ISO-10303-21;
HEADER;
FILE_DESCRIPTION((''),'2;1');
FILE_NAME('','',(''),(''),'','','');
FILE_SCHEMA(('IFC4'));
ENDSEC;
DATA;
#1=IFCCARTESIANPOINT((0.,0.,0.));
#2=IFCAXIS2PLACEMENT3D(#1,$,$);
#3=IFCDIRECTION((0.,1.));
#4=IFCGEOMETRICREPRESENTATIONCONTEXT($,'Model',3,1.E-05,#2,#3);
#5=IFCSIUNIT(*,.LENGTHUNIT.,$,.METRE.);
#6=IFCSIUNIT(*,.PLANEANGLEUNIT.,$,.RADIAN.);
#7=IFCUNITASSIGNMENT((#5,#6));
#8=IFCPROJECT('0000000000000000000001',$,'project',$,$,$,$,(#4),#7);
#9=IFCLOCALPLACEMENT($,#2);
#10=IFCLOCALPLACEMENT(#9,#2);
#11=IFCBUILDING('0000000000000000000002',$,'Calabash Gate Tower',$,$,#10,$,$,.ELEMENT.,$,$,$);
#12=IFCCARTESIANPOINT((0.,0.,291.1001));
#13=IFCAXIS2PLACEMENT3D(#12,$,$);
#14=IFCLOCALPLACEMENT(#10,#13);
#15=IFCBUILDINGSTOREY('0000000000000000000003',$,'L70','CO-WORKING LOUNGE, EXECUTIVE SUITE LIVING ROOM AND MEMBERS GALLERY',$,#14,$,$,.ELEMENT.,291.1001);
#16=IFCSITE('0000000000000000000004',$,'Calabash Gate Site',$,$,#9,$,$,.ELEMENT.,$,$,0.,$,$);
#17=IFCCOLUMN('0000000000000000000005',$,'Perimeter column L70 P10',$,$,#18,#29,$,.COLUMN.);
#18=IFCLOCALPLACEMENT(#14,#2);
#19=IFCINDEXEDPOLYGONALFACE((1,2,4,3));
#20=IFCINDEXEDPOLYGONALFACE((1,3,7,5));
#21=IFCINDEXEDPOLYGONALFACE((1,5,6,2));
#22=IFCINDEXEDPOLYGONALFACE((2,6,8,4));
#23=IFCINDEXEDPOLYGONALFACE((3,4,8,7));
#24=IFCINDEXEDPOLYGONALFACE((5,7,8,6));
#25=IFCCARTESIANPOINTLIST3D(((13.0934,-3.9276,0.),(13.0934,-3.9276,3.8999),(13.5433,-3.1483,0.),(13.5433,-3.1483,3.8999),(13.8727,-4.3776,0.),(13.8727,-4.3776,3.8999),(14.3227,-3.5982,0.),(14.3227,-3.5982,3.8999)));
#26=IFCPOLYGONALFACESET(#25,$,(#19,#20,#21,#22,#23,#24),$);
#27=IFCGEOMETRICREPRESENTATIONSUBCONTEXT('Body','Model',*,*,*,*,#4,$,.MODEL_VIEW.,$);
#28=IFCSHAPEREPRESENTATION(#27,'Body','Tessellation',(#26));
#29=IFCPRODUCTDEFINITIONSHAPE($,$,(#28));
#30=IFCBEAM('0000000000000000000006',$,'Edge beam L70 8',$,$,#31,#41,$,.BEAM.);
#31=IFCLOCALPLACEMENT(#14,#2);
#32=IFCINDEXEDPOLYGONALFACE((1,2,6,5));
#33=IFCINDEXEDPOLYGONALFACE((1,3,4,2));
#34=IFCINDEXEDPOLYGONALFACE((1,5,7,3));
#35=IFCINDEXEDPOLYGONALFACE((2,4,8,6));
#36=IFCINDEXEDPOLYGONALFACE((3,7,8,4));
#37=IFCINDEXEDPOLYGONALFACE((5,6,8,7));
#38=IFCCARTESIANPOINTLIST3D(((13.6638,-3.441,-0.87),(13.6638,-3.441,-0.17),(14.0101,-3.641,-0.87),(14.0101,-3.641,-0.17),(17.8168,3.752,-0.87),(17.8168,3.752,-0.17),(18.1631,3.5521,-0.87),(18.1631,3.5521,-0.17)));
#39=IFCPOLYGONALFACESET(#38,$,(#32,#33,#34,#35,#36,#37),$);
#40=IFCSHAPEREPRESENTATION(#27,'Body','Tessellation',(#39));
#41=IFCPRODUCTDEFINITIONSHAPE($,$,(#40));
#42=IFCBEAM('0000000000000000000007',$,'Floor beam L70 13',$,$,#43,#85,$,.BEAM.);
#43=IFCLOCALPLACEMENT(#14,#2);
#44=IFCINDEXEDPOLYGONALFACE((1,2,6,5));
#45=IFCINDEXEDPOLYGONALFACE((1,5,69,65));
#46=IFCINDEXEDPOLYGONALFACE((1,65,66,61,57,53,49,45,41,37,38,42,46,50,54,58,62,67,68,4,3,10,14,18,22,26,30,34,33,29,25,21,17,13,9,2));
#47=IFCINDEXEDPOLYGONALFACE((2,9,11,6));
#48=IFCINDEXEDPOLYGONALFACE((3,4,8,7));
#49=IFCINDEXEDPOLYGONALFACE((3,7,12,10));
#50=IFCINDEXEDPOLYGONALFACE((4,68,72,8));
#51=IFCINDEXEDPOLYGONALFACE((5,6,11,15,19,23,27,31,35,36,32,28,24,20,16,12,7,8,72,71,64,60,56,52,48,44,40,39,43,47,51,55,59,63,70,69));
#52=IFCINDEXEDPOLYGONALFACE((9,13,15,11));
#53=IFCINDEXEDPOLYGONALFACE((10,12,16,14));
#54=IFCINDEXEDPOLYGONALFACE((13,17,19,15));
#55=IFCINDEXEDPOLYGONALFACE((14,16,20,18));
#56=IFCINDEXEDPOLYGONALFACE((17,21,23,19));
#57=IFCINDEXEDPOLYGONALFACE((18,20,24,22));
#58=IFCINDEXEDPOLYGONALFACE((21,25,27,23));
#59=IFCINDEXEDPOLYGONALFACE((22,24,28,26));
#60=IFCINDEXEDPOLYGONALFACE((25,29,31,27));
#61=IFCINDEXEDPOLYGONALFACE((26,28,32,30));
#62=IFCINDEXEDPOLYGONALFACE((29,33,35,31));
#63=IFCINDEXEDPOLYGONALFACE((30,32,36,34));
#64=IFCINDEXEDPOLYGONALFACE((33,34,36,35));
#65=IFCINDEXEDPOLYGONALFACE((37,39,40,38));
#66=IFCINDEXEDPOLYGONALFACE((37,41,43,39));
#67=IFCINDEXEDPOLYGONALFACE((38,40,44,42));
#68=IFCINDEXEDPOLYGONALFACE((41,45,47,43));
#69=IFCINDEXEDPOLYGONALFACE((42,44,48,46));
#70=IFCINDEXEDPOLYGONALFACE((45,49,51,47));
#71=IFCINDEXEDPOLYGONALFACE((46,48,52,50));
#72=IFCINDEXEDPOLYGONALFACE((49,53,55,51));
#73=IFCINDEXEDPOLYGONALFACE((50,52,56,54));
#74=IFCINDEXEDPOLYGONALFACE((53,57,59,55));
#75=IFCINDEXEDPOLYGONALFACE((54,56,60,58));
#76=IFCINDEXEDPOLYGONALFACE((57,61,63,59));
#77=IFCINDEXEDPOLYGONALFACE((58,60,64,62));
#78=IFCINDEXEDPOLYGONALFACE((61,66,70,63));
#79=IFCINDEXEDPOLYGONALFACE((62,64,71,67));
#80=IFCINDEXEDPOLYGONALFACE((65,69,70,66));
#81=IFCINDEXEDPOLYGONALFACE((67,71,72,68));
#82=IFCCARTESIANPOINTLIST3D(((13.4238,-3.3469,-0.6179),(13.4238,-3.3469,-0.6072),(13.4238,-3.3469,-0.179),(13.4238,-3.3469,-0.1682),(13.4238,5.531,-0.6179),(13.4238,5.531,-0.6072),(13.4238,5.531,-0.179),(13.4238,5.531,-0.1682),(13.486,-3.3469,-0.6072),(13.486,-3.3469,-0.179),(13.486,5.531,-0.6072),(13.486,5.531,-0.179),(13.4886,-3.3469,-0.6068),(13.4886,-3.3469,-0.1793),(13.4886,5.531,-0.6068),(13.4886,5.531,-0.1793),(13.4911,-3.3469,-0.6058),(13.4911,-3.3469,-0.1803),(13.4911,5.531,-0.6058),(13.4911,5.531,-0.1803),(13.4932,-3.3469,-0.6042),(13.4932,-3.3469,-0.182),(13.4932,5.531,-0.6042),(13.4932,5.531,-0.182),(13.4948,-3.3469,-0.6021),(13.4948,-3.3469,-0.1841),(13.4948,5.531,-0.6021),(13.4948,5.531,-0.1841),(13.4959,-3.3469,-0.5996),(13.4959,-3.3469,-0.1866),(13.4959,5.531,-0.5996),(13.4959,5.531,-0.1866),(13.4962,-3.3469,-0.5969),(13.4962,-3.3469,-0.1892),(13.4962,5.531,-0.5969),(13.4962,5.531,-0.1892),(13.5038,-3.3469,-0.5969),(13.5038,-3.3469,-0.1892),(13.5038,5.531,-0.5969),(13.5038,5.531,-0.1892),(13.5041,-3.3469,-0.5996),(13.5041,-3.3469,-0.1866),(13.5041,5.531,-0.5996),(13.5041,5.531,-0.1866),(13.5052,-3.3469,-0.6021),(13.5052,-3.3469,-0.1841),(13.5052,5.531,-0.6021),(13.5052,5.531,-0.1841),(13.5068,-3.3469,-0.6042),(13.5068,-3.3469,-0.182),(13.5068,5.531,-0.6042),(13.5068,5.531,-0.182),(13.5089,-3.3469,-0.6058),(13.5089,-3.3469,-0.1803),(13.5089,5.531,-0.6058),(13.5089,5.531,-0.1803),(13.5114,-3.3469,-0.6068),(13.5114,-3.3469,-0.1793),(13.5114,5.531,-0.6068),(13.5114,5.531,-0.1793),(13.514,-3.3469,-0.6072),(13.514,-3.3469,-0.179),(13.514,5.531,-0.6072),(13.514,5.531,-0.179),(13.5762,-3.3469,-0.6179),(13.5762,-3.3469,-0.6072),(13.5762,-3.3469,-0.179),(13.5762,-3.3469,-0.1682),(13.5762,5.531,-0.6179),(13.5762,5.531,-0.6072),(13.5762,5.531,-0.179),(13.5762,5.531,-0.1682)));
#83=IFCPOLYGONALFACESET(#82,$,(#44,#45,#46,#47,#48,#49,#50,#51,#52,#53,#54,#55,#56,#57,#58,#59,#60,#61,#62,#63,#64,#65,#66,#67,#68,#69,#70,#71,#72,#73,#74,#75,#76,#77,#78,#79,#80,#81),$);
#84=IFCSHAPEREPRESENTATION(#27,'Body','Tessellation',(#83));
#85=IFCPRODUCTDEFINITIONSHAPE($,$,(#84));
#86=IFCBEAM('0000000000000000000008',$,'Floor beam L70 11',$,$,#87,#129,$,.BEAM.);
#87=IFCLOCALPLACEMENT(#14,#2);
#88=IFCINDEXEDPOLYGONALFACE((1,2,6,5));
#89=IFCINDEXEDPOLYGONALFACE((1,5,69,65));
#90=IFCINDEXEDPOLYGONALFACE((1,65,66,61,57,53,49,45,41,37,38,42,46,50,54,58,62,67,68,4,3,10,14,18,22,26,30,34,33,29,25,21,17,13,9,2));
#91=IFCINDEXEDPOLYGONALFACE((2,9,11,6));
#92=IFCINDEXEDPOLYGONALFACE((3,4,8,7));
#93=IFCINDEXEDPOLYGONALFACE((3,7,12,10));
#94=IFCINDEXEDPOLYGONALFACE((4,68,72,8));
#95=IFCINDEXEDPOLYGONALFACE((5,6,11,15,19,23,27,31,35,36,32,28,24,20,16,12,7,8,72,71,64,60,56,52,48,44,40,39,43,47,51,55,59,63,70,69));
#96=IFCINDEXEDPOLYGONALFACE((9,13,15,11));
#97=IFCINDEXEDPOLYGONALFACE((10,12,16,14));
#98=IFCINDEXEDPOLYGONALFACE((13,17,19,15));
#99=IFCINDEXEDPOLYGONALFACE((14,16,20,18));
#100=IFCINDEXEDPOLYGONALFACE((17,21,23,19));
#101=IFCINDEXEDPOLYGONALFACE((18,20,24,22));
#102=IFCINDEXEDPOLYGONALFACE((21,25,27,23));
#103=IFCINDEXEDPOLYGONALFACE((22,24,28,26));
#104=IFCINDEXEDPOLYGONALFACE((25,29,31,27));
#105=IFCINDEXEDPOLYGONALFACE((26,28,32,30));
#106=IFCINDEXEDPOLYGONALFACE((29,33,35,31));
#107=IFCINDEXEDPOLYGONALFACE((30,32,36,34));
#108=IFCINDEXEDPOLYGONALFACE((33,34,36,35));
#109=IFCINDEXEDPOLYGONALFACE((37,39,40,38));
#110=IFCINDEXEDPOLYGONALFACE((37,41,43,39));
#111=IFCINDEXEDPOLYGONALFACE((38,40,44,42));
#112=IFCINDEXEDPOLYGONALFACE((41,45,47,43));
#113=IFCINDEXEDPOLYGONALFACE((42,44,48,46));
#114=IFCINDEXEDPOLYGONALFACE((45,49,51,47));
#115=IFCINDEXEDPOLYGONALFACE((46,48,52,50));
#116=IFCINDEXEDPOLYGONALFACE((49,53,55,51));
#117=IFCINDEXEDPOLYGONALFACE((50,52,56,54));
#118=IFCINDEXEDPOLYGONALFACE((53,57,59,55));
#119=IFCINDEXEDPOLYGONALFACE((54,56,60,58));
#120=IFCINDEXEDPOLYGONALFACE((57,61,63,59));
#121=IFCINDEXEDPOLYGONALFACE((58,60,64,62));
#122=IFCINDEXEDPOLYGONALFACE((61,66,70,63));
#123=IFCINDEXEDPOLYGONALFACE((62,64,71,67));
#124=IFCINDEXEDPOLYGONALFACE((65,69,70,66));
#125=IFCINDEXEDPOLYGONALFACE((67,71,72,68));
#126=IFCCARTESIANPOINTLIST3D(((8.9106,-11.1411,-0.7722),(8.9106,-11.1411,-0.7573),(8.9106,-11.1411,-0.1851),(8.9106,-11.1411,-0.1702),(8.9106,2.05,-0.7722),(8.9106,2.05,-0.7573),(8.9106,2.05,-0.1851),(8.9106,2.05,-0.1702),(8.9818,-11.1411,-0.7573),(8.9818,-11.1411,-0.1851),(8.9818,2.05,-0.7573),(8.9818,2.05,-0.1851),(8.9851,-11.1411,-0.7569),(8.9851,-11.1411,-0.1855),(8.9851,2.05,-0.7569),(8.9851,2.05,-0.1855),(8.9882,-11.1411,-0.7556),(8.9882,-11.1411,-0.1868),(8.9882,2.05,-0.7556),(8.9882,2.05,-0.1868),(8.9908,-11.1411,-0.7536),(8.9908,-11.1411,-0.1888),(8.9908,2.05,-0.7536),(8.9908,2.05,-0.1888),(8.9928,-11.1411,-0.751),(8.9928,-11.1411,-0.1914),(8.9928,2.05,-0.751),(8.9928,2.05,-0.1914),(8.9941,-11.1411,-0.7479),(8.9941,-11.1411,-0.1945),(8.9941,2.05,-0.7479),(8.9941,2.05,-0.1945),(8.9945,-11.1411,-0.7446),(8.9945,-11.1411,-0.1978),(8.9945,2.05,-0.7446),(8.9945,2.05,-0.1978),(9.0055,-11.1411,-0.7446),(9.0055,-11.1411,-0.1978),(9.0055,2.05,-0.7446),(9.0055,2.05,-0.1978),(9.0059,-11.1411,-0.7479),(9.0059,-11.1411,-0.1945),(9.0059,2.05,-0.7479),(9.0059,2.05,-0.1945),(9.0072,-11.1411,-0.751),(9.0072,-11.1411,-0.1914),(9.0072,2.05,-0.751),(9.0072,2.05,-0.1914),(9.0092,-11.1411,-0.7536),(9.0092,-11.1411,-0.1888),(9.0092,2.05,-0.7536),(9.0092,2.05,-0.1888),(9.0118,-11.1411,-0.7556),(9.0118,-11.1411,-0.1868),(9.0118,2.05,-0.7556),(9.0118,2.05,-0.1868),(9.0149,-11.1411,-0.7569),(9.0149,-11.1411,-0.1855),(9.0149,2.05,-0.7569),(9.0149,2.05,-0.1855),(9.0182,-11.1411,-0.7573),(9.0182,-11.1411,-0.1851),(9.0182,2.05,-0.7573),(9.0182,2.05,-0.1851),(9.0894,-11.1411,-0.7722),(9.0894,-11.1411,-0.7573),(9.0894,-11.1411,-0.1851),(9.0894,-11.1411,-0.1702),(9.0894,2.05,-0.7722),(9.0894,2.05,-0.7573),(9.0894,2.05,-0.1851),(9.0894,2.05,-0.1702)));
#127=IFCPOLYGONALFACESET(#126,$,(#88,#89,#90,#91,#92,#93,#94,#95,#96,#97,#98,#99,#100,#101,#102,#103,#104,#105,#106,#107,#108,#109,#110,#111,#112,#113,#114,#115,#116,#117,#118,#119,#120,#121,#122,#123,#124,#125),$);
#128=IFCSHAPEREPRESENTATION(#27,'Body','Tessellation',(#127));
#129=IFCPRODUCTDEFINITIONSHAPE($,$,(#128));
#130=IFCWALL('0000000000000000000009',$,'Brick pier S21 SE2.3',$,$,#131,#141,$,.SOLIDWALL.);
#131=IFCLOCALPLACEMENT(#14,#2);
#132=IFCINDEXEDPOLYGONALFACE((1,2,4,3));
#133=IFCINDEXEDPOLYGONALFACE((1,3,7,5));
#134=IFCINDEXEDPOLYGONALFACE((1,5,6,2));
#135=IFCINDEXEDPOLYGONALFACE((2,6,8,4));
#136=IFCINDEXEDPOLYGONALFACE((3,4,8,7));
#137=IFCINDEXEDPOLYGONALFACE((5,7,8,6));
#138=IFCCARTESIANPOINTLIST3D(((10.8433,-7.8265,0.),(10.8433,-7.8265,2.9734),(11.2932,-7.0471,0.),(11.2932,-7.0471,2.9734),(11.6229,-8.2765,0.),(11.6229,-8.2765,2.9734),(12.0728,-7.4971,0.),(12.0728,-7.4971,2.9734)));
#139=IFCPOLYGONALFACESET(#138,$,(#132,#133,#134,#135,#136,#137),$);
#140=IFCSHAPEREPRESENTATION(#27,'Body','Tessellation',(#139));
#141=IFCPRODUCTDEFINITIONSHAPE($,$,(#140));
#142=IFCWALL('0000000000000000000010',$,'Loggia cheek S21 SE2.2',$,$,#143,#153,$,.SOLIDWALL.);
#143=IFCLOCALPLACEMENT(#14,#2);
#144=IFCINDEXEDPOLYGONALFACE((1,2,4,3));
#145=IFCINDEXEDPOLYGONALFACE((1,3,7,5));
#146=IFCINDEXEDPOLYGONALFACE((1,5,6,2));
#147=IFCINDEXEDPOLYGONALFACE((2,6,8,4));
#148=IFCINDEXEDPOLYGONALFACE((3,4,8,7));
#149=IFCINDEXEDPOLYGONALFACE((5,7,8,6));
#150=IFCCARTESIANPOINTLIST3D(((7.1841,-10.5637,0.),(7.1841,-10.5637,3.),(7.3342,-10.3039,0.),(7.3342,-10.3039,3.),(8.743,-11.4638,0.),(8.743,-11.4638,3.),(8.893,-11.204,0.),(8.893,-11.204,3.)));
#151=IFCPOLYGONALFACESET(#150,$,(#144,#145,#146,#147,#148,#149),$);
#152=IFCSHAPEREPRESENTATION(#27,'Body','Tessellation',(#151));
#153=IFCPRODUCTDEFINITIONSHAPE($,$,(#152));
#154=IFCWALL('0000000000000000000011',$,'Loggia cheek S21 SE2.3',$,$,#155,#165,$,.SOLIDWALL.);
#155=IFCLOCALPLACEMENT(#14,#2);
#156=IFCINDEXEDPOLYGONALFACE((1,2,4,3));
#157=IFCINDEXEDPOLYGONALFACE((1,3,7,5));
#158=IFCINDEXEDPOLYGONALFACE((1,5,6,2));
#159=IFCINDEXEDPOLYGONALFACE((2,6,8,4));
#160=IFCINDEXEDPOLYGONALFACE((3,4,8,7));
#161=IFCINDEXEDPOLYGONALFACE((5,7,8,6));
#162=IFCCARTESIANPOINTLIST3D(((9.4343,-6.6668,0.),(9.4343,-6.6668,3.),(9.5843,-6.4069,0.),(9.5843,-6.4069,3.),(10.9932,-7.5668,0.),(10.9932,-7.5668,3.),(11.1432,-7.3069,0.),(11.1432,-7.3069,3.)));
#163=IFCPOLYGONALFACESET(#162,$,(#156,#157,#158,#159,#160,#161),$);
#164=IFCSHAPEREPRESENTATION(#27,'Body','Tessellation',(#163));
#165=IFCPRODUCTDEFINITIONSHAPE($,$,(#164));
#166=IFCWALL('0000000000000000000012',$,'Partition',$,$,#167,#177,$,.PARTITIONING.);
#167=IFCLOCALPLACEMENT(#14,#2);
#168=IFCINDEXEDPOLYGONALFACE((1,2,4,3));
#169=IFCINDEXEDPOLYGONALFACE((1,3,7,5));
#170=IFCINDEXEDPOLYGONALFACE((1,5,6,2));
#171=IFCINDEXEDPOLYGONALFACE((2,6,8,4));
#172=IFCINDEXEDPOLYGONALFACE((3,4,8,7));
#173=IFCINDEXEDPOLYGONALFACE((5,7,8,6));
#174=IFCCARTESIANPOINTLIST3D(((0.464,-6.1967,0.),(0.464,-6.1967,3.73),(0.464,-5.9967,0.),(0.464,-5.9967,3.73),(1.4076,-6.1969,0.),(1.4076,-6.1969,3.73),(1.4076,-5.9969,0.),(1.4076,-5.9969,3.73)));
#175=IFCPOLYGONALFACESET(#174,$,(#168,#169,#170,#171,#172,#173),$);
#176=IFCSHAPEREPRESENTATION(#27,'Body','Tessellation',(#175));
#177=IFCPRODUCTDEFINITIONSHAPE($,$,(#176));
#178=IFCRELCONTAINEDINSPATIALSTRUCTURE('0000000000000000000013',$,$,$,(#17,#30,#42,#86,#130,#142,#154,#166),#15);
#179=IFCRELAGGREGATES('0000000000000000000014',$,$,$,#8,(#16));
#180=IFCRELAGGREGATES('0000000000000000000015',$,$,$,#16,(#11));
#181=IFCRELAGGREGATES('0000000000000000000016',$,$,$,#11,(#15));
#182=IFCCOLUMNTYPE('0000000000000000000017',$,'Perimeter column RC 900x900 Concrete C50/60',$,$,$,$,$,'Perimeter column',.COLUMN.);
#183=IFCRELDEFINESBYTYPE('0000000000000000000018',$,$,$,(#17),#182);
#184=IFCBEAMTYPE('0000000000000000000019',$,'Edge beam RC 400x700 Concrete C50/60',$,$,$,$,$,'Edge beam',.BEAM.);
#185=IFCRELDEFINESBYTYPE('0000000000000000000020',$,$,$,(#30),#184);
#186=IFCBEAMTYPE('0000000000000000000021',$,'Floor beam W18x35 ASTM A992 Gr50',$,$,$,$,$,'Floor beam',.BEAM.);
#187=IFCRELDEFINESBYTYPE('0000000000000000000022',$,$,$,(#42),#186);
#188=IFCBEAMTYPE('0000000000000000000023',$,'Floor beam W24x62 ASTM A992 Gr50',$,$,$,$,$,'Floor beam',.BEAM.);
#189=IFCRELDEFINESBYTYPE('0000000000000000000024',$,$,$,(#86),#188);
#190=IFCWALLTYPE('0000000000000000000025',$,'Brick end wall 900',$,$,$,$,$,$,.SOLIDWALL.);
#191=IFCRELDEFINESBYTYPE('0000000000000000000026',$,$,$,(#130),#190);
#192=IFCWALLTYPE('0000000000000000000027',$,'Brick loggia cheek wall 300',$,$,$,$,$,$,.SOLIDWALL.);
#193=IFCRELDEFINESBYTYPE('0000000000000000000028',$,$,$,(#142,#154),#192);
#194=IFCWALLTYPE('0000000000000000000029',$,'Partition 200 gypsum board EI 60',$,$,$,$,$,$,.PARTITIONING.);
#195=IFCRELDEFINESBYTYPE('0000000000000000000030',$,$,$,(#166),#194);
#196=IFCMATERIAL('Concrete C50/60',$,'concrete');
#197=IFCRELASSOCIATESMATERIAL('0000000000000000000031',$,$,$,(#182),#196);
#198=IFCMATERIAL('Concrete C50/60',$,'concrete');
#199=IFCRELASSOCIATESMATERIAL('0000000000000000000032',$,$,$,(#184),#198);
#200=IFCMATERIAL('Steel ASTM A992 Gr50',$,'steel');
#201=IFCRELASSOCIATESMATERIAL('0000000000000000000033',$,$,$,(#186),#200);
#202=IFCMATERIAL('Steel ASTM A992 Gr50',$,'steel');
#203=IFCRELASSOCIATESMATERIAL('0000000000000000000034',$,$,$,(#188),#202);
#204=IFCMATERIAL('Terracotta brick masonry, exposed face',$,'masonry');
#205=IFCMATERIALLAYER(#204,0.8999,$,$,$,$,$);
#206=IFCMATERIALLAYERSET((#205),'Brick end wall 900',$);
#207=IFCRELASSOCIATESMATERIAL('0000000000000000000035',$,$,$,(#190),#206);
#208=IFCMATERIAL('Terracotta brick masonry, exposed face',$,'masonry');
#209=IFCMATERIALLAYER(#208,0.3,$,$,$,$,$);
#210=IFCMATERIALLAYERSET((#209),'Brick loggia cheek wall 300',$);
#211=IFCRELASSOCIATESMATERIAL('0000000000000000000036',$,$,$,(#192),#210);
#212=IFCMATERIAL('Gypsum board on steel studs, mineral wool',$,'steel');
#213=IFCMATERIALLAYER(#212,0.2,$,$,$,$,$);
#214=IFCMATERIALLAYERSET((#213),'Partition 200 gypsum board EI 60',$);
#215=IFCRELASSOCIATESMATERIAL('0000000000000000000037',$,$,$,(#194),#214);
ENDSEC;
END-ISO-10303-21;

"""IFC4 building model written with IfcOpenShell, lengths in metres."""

from ifc_helpers import new_model, si_unit, direction, frame, frame_2d, origin, origin_2d, place, context, subcontext, project, spatial, rectangle, i_section, extrude, material, layer, layer_set, material_profile, profile_set, type_object, element, save


model = new_model("IFC4")

# Units and contexts
model_context = context("Model", 3, precision=1e-05, world=origin(), true_north=direction((0.0, 1.0)))
body_context = subcontext(model_context, "Body", "Model", "MODEL_VIEW")
ifc_project = project(units=[si_unit("LENGTHUNIT", "METRE"), si_unit("PLANEANGLEUNIT", "RADIAN")], contexts=[model_context])

# Site, building, storey
site_placement = place(None, origin())
site = spatial("IfcSite", under=ifc_project, at=site_placement, Name="Calabash Gate Site", CompositionType="ELEMENT", RefElevation=0.0)
building_placement = place(site_placement, origin())
building = spatial("IfcBuilding", under=site, at=building_placement, Name="Calabash Gate Tower", CompositionType="ELEMENT")
storey_placement = place(building_placement, frame((0.0, 0.0, 291.1001)))
storey = spatial("IfcBuildingStorey", under=building, at=storey_placement, Name="L70", Description="CO-WORKING LOUNGE, EXECUTIVE SUITE LIVING ROOM AND MEMBERS GALLERY", CompositionType="ELEMENT", Elevation=291.1001)

# Column
ifc_material_1 = material(Name="Concrete C50/60", Category="concrete")
ifc_material_profile_1 = material_profile(ifc_material_1, rectangle(XDim=0.8999, YDim=0.8999, at=origin_2d()))
ifc_profile_set_1 = profile_set([ifc_material_profile_1], Name="Concrete C50/60")
column_type = type_object("IfcColumnType", Name="Perimeter column RC 900x900 Concrete C50/60", ElementType="Perimeter column", PredefinedType="COLUMN", material=ifc_profile_set_1)
column_placement = place(storey_placement, frame((13.708, -3.7629, 0.0), z_axis=(0.0, 0.0, 1.0), x_axis=(0.5, 0.866025, 0.0)))
element("IfcColumn", 1, at=column_placement, inside=storey, type_object=column_type, Name="Perimeter column L70 P10", PredefinedType="COLUMN", context=body_context, shape_type="SweptSolid", body=[
    extrude(rectangle(XDim=0.8999, YDim=0.8999, at=origin_2d()), origin(), (0.0, 0.0, 1.0), 3.8999),
])

# Beams
ifc_material_2 = material(Name="Concrete C50/60", Category="concrete")
ifc_material_profile_2 = material_profile(ifc_material_2, rectangle(XDim=0.3999, YDim=0.7, at=origin_2d()))
ifc_profile_set_2 = profile_set([ifc_material_profile_2], Name="Concrete C50/60")
beam_type_1 = type_object("IfcBeamType", Name="Edge beam RC 400x700 Concrete C50/60", ElementType="Edge beam", PredefinedType="BEAM", material=ifc_profile_set_2)
beam_1_placement = place(storey_placement, frame((13.8369, -3.541, -0.52), z_axis=(0.500012, 0.866019, 0.0), x_axis=(-0.866019, 0.500012, 0.0)))
element("IfcBeam", 2, at=beam_1_placement, inside=storey, type_object=beam_type_1, Name="Edge beam L70 8", PredefinedType="BEAM", context=body_context, shape_type="SweptSolid", body=[
    extrude(rectangle(XDim=0.3999, YDim=0.7, at=origin_2d()), origin(), (0.0, 0.0, 1.0), 8.3059),
])
ifc_material_3 = material(Name="Steel ASTM A992 Gr50", Category="steel")
ifc_material_profile_3 = material_profile(ifc_material_3, i_section(OverallWidth=0.1523, OverallDepth=0.4497, WebThickness=0.0076, FlangeThickness=0.0107, FilletRadius=0.0103, at=origin_2d()))
ifc_profile_set_3 = profile_set([ifc_material_profile_3], Name="Steel ASTM A992 Gr50")
beam_type_2 = type_object("IfcBeamType", Name="Floor beam W18x35 ASTM A992 Gr50", ElementType="Floor beam", PredefinedType="BEAM", material=ifc_profile_set_3)
beam_2_placement = place(storey_placement, frame((13.5, -3.3469, -0.3931), z_axis=(0.0, 1.0, 0.0), x_axis=(-1.0, 0.0, 0.0)))
element("IfcBeam", 3, at=beam_2_placement, inside=storey, type_object=beam_type_2, Name="Floor beam L70 13", PredefinedType="BEAM", context=body_context, shape_type="SweptSolid", body=[
    extrude(i_section(OverallWidth=0.1523, OverallDepth=0.4497, WebThickness=0.0076, FlangeThickness=0.0107, FilletRadius=0.0103, at=origin_2d()), origin(), (0.0, 0.0, 1.0), 8.8779),
])
ifc_material_4 = material(Name="Steel ASTM A992 Gr50", Category="steel")
ifc_material_profile_4 = material_profile(ifc_material_4, i_section(OverallWidth=0.1787, OverallDepth=0.6021, WebThickness=0.011, FlangeThickness=0.0149, FilletRadius=0.0127, at=origin_2d()))
ifc_profile_set_4 = profile_set([ifc_material_profile_4], Name="Steel ASTM A992 Gr50")
beam_type_3 = type_object("IfcBeamType", Name="Floor beam W24x62 ASTM A992 Gr50", ElementType="Floor beam", PredefinedType="BEAM", material=ifc_profile_set_4)
beam_3_placement = place(storey_placement, frame((9.0, -11.1411, -0.4712), z_axis=(0.0, 1.0, 0.0), x_axis=(-1.0, 0.0, 0.0)))
element("IfcBeam", 4, at=beam_3_placement, inside=storey, type_object=beam_type_3, Name="Floor beam L70 11", PredefinedType="BEAM", context=body_context, shape_type="SweptSolid", body=[
    extrude(i_section(OverallWidth=0.1787, OverallDepth=0.6021, WebThickness=0.011, FlangeThickness=0.0149, FilletRadius=0.0127, at=origin_2d()), origin(), (0.0, 0.0, 1.0), 13.1912),
])

# Walls
ifc_material_5 = material(Name="Terracotta brick masonry, exposed face", Category="masonry")
ifc_layer_1 = layer(ifc_material_5, 0.8999)
ifc_layer_set_1 = layer_set([ifc_layer_1], Name="Brick end wall 900")
wall_type_1 = type_object("IfcWallType", Name="Brick end wall 900", PredefinedType="SOLIDWALL", material=ifc_layer_set_1)
wall_1_placement = place(storey_placement, frame((11.0681, -7.4368, 0.0), z_axis=(0.0, 0.0, 1.0), x_axis=(0.866082, -0.499902, 0.0)))
element("IfcWall", 5, at=wall_1_placement, inside=storey, type_object=wall_type_1, Name="Brick pier S21 SE2.3", PredefinedType="SOLIDWALL", context=body_context, shape_type="SweptSolid", body=[
    extrude(rectangle(XDim=0.9001, YDim=0.8999, at=frame_2d((0.4502, 0.0))), origin(), (0.0, 0.0, 1.0), 2.9734),
])
ifc_material_6 = material(Name="Terracotta brick masonry, exposed face", Category="masonry")
ifc_layer_2 = layer(ifc_material_6, 0.3)
ifc_layer_set_2 = layer_set([ifc_layer_2], Name="Brick loggia cheek wall 300")
wall_type_2 = type_object("IfcWallType", Name="Brick loggia cheek wall 300", PredefinedType="SOLIDWALL", material=ifc_layer_set_2)
for number, where, z_axis, x_axis, name in (
    (6, (7.2593, -10.4338, 0.0), (0.0, 0.0, 1.0), (0.865989, -0.500063, 0.0), "Loggia cheek S21 SE2.2"),
    (7, (11.0681, -7.4368, 0.0), (0.0, 0.0, 1.0), (-0.866048, 0.499961, 0.0), "Loggia cheek S21 SE2.3"),
):
    element("IfcWall", number, at=place(storey_placement, frame(where, z_axis=z_axis, x_axis=x_axis)), inside=storey, type_object=wall_type_2, Name=name, PredefinedType="SOLIDWALL", context=body_context, shape_type="SweptSolid", body=[
        extrude(rectangle(XDim=1.8, YDim=0.3, at=frame_2d((0.8999, 0.0))), origin(), (0.0, 0.0, 1.0), 3.0),
    ])
ifc_material_7 = material(Name="Gypsum board on steel studs, mineral wool", Category="steel")
ifc_layer_3 = layer(ifc_material_7, 0.2)
ifc_layer_set_3 = layer_set([ifc_layer_3], Name="Partition 200 gypsum board EI 60")
wall_type_3 = type_object("IfcWallType", Name="Partition 200 gypsum board EI 60", PredefinedType="PARTITIONING", material=ifc_layer_set_3)
wall_2_placement = place(storey_placement, frame((0.4641, -6.0967, 0.0), z_axis=(0.0, 0.0, 1.0), x_axis=(1.0, -0.000259, 0.0)))
element("IfcWall", 8, at=wall_2_placement, inside=storey, type_object=wall_type_3, Name="Partition", PredefinedType="PARTITIONING", context=body_context, shape_type="SweptSolid", body=[
    extrude(rectangle(XDim=0.9436, YDim=0.2, at=frame_2d((0.4717, 0.0))), origin(), (0.0, 0.0, 1.0), 3.73),
])

save(model, "model.ifc")
